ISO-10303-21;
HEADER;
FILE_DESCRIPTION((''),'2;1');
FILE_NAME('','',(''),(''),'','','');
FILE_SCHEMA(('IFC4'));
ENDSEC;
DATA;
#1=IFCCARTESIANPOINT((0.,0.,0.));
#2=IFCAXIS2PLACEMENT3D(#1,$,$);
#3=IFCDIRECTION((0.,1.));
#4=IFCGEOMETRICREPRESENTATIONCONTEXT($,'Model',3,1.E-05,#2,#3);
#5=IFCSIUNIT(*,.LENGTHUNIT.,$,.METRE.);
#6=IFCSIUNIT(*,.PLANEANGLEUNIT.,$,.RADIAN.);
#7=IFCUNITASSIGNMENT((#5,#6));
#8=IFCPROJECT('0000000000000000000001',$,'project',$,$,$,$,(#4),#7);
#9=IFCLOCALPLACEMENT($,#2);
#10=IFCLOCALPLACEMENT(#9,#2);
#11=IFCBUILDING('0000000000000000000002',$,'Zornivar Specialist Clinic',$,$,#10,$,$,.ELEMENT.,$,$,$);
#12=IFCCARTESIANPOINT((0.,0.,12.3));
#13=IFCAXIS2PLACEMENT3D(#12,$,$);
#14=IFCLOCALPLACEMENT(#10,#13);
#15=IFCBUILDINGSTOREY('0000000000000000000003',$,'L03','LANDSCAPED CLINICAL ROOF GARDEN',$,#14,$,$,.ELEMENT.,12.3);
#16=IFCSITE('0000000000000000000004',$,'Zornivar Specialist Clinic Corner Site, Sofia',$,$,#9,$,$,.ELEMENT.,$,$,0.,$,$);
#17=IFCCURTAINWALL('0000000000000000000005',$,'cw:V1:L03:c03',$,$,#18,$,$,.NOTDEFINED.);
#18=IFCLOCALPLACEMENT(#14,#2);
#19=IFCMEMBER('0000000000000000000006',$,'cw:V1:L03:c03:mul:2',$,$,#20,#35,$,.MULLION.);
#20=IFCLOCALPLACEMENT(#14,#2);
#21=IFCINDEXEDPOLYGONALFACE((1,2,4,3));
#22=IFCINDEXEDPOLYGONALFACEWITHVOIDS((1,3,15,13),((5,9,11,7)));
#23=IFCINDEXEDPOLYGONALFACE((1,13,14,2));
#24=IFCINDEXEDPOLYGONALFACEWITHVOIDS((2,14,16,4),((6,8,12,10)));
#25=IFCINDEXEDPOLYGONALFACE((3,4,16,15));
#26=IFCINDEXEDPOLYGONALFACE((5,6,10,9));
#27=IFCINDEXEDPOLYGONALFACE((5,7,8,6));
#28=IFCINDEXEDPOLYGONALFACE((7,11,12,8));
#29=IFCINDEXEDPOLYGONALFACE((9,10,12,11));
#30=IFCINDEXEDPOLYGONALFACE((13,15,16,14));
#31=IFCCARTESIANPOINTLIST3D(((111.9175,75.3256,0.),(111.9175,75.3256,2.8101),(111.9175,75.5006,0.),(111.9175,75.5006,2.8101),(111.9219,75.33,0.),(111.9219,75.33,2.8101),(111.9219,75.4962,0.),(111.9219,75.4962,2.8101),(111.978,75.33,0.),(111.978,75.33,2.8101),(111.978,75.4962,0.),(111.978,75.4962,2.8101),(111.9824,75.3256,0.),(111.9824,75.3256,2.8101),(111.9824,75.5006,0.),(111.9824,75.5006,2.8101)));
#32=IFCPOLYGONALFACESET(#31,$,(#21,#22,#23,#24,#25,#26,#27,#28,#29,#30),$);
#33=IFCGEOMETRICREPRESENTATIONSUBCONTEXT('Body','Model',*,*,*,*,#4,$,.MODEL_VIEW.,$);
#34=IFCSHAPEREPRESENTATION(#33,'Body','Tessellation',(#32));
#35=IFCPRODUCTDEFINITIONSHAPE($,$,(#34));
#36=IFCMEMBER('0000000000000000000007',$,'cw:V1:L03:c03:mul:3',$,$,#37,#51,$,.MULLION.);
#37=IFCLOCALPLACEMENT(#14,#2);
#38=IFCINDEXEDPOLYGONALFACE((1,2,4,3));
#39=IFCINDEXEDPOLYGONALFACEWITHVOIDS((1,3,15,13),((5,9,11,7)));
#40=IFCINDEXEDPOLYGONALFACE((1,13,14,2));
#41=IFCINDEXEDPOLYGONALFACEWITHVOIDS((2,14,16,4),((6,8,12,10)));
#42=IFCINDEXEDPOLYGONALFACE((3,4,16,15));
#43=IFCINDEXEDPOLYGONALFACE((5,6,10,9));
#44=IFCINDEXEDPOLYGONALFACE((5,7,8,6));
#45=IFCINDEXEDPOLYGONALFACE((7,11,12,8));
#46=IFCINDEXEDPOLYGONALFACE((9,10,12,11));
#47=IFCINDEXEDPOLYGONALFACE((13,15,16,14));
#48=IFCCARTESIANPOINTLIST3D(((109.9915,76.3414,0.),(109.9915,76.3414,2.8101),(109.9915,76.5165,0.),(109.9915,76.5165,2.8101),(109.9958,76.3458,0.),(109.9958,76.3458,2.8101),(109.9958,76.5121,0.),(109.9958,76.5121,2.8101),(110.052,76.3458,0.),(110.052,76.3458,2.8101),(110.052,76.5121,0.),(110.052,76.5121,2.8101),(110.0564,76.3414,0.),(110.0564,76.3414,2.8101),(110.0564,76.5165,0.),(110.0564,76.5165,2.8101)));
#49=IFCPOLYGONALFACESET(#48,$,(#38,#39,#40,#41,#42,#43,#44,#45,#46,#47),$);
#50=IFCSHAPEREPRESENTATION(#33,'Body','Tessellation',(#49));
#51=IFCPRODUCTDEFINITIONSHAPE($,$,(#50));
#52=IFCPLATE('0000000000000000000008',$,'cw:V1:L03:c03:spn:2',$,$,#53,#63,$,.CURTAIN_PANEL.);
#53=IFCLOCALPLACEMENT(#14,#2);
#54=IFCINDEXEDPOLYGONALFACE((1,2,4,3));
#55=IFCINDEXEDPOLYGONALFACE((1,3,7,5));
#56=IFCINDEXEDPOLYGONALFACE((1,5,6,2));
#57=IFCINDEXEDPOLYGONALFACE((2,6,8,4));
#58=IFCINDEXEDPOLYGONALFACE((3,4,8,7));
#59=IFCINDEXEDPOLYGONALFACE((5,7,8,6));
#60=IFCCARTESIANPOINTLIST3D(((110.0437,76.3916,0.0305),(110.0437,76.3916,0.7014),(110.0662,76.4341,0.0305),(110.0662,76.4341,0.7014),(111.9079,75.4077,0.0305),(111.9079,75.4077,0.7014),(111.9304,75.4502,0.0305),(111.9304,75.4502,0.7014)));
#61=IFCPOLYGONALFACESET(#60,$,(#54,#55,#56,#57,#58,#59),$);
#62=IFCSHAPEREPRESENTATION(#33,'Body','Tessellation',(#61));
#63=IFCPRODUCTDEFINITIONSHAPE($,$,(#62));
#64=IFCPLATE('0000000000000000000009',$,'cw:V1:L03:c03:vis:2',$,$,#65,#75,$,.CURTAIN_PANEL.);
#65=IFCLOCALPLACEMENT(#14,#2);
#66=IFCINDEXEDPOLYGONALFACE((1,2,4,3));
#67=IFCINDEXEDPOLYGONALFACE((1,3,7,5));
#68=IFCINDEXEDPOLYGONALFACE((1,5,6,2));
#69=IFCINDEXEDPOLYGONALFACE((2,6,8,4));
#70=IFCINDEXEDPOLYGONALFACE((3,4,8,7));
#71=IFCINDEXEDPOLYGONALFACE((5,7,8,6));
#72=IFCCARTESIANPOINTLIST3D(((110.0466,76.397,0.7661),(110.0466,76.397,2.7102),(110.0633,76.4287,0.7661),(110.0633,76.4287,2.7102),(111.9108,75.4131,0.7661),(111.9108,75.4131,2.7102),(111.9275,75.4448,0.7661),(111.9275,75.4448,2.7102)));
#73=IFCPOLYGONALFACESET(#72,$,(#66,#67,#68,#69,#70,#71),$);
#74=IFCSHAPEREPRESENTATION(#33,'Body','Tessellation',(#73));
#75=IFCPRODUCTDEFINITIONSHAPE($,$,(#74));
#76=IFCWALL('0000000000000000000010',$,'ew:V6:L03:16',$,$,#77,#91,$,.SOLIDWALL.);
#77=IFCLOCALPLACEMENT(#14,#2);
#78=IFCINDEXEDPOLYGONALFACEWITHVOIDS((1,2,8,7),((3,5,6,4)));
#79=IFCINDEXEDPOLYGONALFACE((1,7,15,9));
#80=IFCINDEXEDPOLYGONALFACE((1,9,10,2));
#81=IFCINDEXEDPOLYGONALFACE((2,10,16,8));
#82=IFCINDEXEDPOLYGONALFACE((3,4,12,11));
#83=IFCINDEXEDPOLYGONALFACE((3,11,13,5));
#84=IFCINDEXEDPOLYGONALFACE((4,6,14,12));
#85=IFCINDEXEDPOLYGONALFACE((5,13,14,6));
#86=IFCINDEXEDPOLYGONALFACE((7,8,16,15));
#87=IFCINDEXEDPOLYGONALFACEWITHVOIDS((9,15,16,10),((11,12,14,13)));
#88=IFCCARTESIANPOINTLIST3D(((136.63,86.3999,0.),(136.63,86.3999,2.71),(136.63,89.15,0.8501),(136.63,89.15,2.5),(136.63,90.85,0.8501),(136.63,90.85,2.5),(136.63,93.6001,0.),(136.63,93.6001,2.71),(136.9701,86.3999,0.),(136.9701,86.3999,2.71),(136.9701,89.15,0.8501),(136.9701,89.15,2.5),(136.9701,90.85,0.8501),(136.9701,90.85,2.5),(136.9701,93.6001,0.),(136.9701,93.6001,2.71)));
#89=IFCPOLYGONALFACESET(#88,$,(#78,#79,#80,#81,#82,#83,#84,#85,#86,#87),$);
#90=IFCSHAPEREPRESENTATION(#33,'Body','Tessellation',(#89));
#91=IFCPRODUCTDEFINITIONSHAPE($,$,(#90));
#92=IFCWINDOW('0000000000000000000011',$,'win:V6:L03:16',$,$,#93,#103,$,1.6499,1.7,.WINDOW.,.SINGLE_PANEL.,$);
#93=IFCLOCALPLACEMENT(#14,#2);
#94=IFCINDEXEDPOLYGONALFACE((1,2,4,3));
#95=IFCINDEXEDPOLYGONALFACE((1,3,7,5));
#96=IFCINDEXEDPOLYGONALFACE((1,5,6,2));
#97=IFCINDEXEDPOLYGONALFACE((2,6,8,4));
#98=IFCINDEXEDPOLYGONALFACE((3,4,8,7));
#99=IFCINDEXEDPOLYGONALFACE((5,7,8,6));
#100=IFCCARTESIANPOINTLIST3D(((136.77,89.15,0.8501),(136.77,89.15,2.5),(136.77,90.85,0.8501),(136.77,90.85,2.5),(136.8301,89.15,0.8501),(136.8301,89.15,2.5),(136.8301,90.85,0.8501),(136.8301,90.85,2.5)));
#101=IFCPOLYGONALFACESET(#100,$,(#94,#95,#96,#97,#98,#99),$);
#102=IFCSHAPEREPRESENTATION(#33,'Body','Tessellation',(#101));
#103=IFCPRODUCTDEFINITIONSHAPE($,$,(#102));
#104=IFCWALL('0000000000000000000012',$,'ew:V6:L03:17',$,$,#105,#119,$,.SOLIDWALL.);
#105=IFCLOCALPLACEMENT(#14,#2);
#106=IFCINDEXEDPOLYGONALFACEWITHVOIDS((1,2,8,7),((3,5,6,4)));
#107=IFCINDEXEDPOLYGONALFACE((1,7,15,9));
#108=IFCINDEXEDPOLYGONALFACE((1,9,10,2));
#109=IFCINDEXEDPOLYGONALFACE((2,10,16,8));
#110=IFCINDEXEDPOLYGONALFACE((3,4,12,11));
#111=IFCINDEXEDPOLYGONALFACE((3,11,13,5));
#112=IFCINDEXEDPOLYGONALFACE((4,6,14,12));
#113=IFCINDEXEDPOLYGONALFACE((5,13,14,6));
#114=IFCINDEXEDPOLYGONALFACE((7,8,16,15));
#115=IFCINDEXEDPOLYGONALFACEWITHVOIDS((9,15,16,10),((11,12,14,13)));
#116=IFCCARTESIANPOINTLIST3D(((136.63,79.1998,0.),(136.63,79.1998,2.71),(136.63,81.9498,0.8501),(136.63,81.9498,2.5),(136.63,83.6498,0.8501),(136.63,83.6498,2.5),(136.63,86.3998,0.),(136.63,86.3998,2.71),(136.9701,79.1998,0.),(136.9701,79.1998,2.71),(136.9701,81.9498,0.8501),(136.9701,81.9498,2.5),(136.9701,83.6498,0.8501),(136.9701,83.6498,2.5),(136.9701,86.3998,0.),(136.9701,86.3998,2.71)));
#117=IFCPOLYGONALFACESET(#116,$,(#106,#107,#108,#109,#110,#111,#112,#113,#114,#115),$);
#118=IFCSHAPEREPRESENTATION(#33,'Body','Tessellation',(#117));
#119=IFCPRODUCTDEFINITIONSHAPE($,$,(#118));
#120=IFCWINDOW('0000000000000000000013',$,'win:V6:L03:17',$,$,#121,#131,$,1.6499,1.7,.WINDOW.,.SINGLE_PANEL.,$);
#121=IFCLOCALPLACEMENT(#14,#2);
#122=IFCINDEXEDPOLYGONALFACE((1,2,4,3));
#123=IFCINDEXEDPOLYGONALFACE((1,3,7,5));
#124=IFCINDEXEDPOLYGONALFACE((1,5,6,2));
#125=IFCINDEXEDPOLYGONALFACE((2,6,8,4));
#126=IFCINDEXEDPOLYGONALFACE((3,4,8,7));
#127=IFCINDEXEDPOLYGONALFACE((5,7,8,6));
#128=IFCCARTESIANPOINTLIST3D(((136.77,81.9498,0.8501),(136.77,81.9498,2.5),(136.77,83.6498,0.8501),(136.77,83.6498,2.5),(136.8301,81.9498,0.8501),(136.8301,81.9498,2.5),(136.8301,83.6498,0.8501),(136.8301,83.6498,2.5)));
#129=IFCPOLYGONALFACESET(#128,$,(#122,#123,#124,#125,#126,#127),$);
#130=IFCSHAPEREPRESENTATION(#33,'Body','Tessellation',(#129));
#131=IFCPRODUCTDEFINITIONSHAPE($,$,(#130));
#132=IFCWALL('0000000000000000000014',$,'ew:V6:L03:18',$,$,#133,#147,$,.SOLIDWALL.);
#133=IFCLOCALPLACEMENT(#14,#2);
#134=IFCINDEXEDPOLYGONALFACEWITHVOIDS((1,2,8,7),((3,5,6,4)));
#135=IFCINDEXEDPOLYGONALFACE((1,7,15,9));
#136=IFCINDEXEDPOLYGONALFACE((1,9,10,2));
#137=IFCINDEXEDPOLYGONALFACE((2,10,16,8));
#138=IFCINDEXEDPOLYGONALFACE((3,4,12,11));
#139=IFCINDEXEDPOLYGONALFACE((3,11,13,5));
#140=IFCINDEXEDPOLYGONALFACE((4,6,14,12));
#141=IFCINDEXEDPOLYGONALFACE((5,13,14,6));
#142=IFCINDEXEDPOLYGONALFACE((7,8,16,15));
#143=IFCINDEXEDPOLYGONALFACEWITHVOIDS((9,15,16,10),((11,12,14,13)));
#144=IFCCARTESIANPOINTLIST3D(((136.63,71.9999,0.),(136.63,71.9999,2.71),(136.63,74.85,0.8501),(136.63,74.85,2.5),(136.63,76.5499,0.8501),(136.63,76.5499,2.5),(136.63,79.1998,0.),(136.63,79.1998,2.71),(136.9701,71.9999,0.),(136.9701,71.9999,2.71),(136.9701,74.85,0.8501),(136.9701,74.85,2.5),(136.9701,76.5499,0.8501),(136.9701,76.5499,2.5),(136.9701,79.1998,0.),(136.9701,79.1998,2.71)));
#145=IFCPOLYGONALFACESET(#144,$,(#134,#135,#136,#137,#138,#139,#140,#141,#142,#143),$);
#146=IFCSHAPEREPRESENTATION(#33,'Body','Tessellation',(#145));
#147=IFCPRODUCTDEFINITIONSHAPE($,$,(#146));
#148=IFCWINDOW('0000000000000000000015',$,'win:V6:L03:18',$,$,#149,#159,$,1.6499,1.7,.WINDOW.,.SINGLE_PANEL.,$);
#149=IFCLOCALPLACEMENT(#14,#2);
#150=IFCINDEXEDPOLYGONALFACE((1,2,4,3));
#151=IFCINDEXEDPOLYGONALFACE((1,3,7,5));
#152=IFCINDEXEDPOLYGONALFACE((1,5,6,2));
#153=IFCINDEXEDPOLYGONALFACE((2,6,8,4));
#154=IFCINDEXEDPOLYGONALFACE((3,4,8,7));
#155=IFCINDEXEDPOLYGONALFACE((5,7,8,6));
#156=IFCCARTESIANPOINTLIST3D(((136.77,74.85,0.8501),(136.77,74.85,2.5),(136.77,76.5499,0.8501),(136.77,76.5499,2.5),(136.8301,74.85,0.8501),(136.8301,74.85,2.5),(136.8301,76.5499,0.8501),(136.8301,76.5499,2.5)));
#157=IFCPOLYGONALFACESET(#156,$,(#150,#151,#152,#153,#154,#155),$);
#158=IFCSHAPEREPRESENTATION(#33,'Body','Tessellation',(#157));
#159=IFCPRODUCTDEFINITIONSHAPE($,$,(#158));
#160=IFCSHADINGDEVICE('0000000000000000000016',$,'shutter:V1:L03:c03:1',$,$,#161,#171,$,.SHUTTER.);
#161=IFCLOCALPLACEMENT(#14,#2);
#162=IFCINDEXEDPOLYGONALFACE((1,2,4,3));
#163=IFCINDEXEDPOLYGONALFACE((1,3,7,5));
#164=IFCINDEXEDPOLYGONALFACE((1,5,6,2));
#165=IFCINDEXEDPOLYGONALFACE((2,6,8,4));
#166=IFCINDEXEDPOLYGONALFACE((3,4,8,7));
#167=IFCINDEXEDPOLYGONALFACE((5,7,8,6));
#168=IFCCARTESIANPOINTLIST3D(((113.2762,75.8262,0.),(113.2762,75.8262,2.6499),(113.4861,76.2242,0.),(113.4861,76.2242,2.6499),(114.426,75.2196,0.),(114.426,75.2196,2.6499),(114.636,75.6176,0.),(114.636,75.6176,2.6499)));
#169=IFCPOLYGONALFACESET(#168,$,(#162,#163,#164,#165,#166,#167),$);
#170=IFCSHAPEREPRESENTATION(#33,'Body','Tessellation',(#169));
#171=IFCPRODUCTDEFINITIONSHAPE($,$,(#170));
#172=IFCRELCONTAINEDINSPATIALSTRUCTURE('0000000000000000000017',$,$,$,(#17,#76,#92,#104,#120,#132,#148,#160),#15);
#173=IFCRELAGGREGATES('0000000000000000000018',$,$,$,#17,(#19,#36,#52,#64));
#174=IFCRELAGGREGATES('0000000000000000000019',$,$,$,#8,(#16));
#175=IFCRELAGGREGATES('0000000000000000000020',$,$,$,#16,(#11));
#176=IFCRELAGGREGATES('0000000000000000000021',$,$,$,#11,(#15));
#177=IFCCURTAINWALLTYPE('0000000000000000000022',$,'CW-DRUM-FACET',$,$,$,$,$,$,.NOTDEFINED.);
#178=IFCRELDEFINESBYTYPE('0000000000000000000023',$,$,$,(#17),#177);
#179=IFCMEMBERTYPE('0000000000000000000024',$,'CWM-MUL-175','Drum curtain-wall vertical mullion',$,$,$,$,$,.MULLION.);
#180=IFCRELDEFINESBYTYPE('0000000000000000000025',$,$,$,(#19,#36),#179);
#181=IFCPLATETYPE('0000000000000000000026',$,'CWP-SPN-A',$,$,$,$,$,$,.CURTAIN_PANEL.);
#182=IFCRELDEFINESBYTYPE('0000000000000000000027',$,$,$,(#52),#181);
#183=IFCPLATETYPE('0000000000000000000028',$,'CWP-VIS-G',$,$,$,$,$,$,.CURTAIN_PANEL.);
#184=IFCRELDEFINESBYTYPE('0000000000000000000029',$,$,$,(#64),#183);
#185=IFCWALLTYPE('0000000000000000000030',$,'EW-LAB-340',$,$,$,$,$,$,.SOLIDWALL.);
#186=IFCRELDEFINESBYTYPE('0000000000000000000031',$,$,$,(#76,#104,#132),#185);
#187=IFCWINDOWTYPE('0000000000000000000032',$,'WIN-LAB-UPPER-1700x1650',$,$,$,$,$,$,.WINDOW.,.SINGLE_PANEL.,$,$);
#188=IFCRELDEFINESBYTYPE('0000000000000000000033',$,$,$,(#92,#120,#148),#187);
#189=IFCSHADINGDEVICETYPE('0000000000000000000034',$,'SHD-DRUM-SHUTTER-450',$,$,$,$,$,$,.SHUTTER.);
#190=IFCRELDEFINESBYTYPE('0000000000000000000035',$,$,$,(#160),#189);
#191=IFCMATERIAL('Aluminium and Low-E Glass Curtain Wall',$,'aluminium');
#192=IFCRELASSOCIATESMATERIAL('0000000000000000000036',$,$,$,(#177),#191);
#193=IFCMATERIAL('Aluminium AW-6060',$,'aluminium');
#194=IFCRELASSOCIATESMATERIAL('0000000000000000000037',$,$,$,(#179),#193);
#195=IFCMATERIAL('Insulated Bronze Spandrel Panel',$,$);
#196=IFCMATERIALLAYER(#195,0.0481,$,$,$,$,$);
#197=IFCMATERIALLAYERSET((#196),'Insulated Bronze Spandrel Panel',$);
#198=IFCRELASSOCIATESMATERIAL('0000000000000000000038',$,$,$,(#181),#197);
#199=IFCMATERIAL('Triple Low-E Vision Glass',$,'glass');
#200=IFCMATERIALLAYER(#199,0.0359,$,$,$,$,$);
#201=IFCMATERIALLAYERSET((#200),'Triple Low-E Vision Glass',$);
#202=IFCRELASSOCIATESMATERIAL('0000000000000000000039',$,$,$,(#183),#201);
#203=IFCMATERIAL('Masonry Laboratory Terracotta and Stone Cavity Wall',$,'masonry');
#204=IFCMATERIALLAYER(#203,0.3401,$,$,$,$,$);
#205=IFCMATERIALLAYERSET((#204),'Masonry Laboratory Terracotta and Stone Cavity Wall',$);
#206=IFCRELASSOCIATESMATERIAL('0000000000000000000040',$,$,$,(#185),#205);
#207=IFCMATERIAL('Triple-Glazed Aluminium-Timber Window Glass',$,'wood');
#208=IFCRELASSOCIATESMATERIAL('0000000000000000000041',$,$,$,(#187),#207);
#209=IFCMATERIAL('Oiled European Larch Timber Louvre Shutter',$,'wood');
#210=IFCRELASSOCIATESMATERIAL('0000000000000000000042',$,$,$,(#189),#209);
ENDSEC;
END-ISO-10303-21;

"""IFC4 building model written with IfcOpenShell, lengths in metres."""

from ifc_helpers import new_model, si_unit, direction, frame, frame_2d, origin, origin_2d, place, context, subcontext, project, spatial, rectangle, hollow_rectangle, extrude, material, layer, layer_set, material_profile, profile_set, type_object, element, fill, aggregate, save


model = new_model("IFC4")

# Units and contexts
model_context = context("Model", 3, precision=1e-05, world=origin(), true_north=direction((0.0, 1.0)))
body_context = subcontext(model_context, "Body", "Model", "MODEL_VIEW")
ifc_project = project(units=[si_unit("LENGTHUNIT", "METRE"), si_unit("PLANEANGLEUNIT", "RADIAN")], contexts=[model_context])

# Site, building, storey
site_placement = place(None, origin())
site = spatial("IfcSite", under=ifc_project, at=site_placement, Name="Zornivar Specialist Clinic Corner Site, Sofia", CompositionType="ELEMENT", RefElevation=0.0)
building_placement = place(site_placement, origin())
building = spatial("IfcBuilding", under=site, at=building_placement, Name="Zornivar Specialist Clinic", CompositionType="ELEMENT")
storey_placement = place(building_placement, frame((0.0, 0.0, 12.3)))
storey = spatial("IfcBuildingStorey", under=building, at=storey_placement, Name="L03", Description="LANDSCAPED CLINICAL ROOF GARDEN", CompositionType="ELEMENT", Elevation=12.3)

# Curtain wall, members, plates
ifc_material_1 = material(Name="Aluminium and Low-E Glass Curtain Wall", Category="aluminium")
curtain_wall_type = type_object("IfcCurtainWallType", Name="CW-DRUM-FACET", PredefinedType="NOTDEFINED", material=ifc_material_1)
curtain_wall_placement = place(storey_placement, origin())
curtain_wall = element("IfcCurtainWall", 1, at=curtain_wall_placement, inside=storey, type_object=curtain_wall_type, Name="cw:V1:L03:c03", PredefinedType="NOTDEFINED")
ifc_material_2 = material(Name="Aluminium AW-6060", Category="aluminium")
ifc_material_profile_1 = material_profile(ifc_material_2, hollow_rectangle(XDim=0.0649, YDim=0.175, WallThickness=0.0044, at=origin_2d()), Name="ALU 65x175x4.5")
ifc_profile_set_1 = profile_set([ifc_material_profile_1], Name="Aluminium AW-6060")
member_type = type_object("IfcMemberType", Name="CWM-MUL-175", Description="Drum curtain-wall vertical mullion", PredefinedType="MULLION", material=ifc_profile_set_1)
member_1_placement = place(storey_placement, frame((111.95, 75.4131, 0.0), z_axis=(0.0, 0.0, 1.0), x_axis=(1.0, 0.0, 0.0)))
member_1 = element("IfcMember", 2, at=member_1_placement, type_object=member_type, Name="cw:V1:L03:c03:mul:2", PredefinedType="MULLION", context=body_context, shape_type="SweptSolid", body=[
    extrude(hollow_rectangle(XDim=0.0649, YDim=0.175, WallThickness=0.0044, at=origin_2d()), origin(), (0.0, 0.0, 1.0), 2.8101),
])
member_2_placement = place(storey_placement, frame((110.0239, 76.429, 0.0), z_axis=(0.0, 0.0, 1.0), x_axis=(1.0, 0.0, 0.0)))
member_2 = element("IfcMember", 3, at=member_2_placement, type_object=member_type, Name="cw:V1:L03:c03:mul:3", PredefinedType="MULLION", context=body_context, shape_type="SweptSolid", body=[
    extrude(hollow_rectangle(XDim=0.0649, YDim=0.175, WallThickness=0.0044, at=origin_2d()), origin(), (0.0, 0.0, 1.0), 2.8101),
])
ifc_material_3 = material(Name="Insulated Bronze Spandrel Panel")
ifc_layer_1 = layer(ifc_material_3, 0.0481)
ifc_layer_set_1 = layer_set([ifc_layer_1], Name="Insulated Bronze Spandrel Panel")
plate_type_1 = type_object("IfcPlateType", Name="CWP-SPN-A", PredefinedType="CURTAIN_PANEL", material=ifc_layer_set_1)
plate_1_placement = place(storey_placement, frame((110.9871, 75.9209, 0.0305), z_axis=(0.0, 0.0, 1.0), x_axis=(-0.884383, 0.466762, 0.0)))
plate_1 = element("IfcPlate", 4, at=plate_1_placement, type_object=plate_type_1, Name="cw:V1:L03:c03:spn:2", PredefinedType="CURTAIN_PANEL", context=body_context, shape_type="SweptSolid", body=[
    extrude(rectangle(XDim=2.1079, YDim=0.0481, at=origin_2d()), origin(), (0.0, 0.0, 1.0), 0.6709),
])
ifc_material_4 = material(Name="Triple Low-E Vision Glass", Category="glass")
ifc_layer_2 = layer(ifc_material_4, 0.0359)
ifc_layer_set_2 = layer_set([ifc_layer_2], Name="Triple Low-E Vision Glass")
plate_type_2 = type_object("IfcPlateType", Name="CWP-VIS-G", PredefinedType="CURTAIN_PANEL", material=ifc_layer_set_2)
plate_2_placement = place(storey_placement, frame((110.9871, 75.9209, 0.7661), z_axis=(0.0, 0.0, 1.0), x_axis=(-0.884383, 0.466762, 0.0)))
plate_2 = element("IfcPlate", 5, at=plate_2_placement, type_object=plate_type_2, Name="cw:V1:L03:c03:vis:2", PredefinedType="CURTAIN_PANEL", context=body_context, shape_type="SweptSolid", body=[
    extrude(rectangle(XDim=2.1079, YDim=0.0359, at=origin_2d()), origin(), (0.0, 0.0, 1.0), 1.9441),
])
aggregate(curtain_wall, [member_1, member_2, plate_1, plate_2])

# Walls, openings, windows
ifc_material_5 = material(Name="Masonry Laboratory Terracotta and Stone Cavity Wall", Category="masonry")
ifc_layer_3 = layer(ifc_material_5, 0.3401)
ifc_layer_set_3 = layer_set([ifc_layer_3], Name="Masonry Laboratory Terracotta and Stone Cavity Wall")
wall_type = type_object("IfcWallType", Name="EW-LAB-340", PredefinedType="SOLIDWALL", material=ifc_layer_set_3)
wall_1_placement = place(storey_placement, frame((136.8, 93.6001, 0.0), z_axis=(0.0, 0.0, 1.0), x_axis=(0.0, -1.0, 0.0)))
wall_1 = element("IfcWall", 6, at=wall_1_placement, inside=storey, type_object=wall_type, Name="ew:V6:L03:16", PredefinedType="SOLIDWALL", context=body_context, shape_type="SweptSolid", body=[
    extrude(rectangle(XDim=7.2002, YDim=0.3401, at=frame_2d((3.6001, 0.0))), origin(), (0.0, 0.0, 1.0), 2.71),
])
opening_1_placement = place(wall_1_placement, frame((2.75, 0.0, 0.8501)))
opening_1 = element("IfcOpeningElement", 7, at=opening_1_placement, cuts=wall_1, PredefinedType="OPENING", context=body_context, shape_type="SweptSolid", body=[
    extrude(rectangle(XDim=1.7, YDim=1.6499, at=frame_2d((0.8501, 0.825))), frame((0.0, 0.1799, 0.0), z_axis=(0.0, -1.0, 0.0), x_axis=(1.0, 0.0, 0.0)), (0.0, 0.0, 1.0), 0.3601),
])
ifc_material_6 = material(Name="Triple-Glazed Aluminium-Timber Window Glass", Category="wood")
window_type = type_object("IfcWindowType", Name="WIN-LAB-UPPER-1700x1650", PartitioningType="SINGLE_PANEL", PredefinedType="WINDOW", material=ifc_material_6)
window_1_placement = place(opening_1_placement, origin())
window_1 = element("IfcWindow", 8, at=window_1_placement, inside=storey, type_object=window_type, Name="win:V6:L03:16", OverallHeight=1.6499, OverallWidth=1.7, PartitioningType="SINGLE_PANEL", PredefinedType="WINDOW", context=body_context, shape_type="SweptSolid", body=[
    extrude(rectangle(XDim=1.7, YDim=1.6499, at=frame_2d((0.8501, 0.825))), frame((0.0, 0.03, 0.0), z_axis=(0.0, -1.0, 0.0), x_axis=(1.0, 0.0, 0.0)), (0.0, 0.0, 1.0), 0.0601),
])
fill(opening_1, window_1)
wall_2_placement = place(storey_placement, frame((136.8, 86.3999, 0.0), z_axis=(0.0, 0.0, 1.0), x_axis=(0.0, -1.0, 0.0)))
wall_2 = element("IfcWall", 9, at=wall_2_placement, inside=storey, type_object=wall_type, Name="ew:V6:L03:17", PredefinedType="SOLIDWALL", context=body_context, shape_type="SweptSolid", body=[
    extrude(rectangle(XDim=7.2, YDim=0.3401, at=frame_2d((3.6001, 0.0))), origin(), (0.0, 0.0, 1.0), 2.71),
])
opening_2_placement = place(wall_2_placement, frame((2.75, 0.0, 0.8501)))
opening_2 = element("IfcOpeningElement", 10, at=opening_2_placement, cuts=wall_2, PredefinedType="OPENING", context=body_context, shape_type="SweptSolid", body=[
    extrude(rectangle(XDim=1.7, YDim=1.6499, at=frame_2d((0.8501, 0.825))), frame((0.0, 0.1799, 0.0), z_axis=(0.0, -1.0, 0.0), x_axis=(1.0, 0.0, 0.0)), (0.0, 0.0, 1.0), 0.3601),
])
window_2_placement = place(opening_2_placement, origin())
window_2 = element("IfcWindow", 11, at=window_2_placement, inside=storey, type_object=window_type, Name="win:V6:L03:17", OverallHeight=1.6499, OverallWidth=1.7, PartitioningType="SINGLE_PANEL", PredefinedType="WINDOW", context=body_context, shape_type="SweptSolid", body=[
    extrude(rectangle(XDim=1.7, YDim=1.6499, at=frame_2d((0.8501, 0.825))), frame((0.0, 0.03, 0.0), z_axis=(0.0, -1.0, 0.0), x_axis=(1.0, 0.0, 0.0)), (0.0, 0.0, 1.0), 0.0601),
])
fill(opening_2, window_2)
wall_3_placement = place(storey_placement, frame((136.8, 79.2, 0.0), z_axis=(0.0, 0.0, 1.0), x_axis=(0.0, -1.0, 0.0)))
wall_3 = element("IfcWall", 12, at=wall_3_placement, inside=storey, type_object=wall_type, Name="ew:V6:L03:18", PredefinedType="SOLIDWALL", context=body_context, shape_type="SweptSolid", body=[
    extrude(rectangle(XDim=7.2, YDim=0.3401, at=frame_2d((3.6001, 0.0))), origin(), (0.0, 0.0, 1.0), 2.71),
])
opening_3_placement = place(wall_3_placement, frame((2.6499, 0.0, 0.8501)))
opening_3 = element("IfcOpeningElement", 13, at=opening_3_placement, cuts=wall_3, PredefinedType="OPENING", context=body_context, shape_type="SweptSolid", body=[
    extrude(rectangle(XDim=1.7, YDim=1.6499, at=frame_2d((0.8501, 0.825))), frame((0.0, 0.1799, 0.0), z_axis=(0.0, -1.0, 0.0), x_axis=(1.0, 0.0, 0.0)), (0.0, 0.0, 1.0), 0.3601),
])
window_3_placement = place(opening_3_placement, origin())
window_3 = element("IfcWindow", 14, at=window_3_placement, inside=storey, type_object=window_type, Name="win:V6:L03:18", OverallHeight=1.6499, OverallWidth=1.7, PartitioningType="SINGLE_PANEL", PredefinedType="WINDOW", context=body_context, shape_type="SweptSolid", body=[
    extrude(rectangle(XDim=1.7, YDim=1.6499, at=frame_2d((0.8501, 0.825))), frame((0.0, 0.03, 0.0), z_axis=(0.0, -1.0, 0.0), x_axis=(1.0, 0.0, 0.0)), (0.0, 0.0, 1.0), 0.0601),
])
fill(opening_3, window_3)

# Shading device
ifc_material_7 = material(Name="Oiled European Larch Timber Louvre Shutter", Category="wood")
shading_device_type = type_object("IfcShadingDeviceType", Name="SHD-DRUM-SHUTTER-450", PredefinedType="SHUTTER", material=ifc_material_7)
for number, where, z_axis, x_axis, name in (
    (15, (113.9561, 75.7219, 0.0), (0.0, 0.0, 1.0), (-0.88447, 0.466597, 0.0), "shutter:V1:L03:c03:1"),
):
    element("IfcShadingDevice", number, at=place(storey_placement, frame(where, z_axis=z_axis, x_axis=x_axis)), inside=storey, type_object=shading_device_type, Name=name, PredefinedType="SHUTTER", context=body_context, shape_type="SweptSolid", body=[
        extrude(rectangle(XDim=1.3, YDim=0.45, at=origin_2d()), origin(), (0.0, 0.0, 1.0), 2.6499),
    ])

save(model, "model.ifc")
